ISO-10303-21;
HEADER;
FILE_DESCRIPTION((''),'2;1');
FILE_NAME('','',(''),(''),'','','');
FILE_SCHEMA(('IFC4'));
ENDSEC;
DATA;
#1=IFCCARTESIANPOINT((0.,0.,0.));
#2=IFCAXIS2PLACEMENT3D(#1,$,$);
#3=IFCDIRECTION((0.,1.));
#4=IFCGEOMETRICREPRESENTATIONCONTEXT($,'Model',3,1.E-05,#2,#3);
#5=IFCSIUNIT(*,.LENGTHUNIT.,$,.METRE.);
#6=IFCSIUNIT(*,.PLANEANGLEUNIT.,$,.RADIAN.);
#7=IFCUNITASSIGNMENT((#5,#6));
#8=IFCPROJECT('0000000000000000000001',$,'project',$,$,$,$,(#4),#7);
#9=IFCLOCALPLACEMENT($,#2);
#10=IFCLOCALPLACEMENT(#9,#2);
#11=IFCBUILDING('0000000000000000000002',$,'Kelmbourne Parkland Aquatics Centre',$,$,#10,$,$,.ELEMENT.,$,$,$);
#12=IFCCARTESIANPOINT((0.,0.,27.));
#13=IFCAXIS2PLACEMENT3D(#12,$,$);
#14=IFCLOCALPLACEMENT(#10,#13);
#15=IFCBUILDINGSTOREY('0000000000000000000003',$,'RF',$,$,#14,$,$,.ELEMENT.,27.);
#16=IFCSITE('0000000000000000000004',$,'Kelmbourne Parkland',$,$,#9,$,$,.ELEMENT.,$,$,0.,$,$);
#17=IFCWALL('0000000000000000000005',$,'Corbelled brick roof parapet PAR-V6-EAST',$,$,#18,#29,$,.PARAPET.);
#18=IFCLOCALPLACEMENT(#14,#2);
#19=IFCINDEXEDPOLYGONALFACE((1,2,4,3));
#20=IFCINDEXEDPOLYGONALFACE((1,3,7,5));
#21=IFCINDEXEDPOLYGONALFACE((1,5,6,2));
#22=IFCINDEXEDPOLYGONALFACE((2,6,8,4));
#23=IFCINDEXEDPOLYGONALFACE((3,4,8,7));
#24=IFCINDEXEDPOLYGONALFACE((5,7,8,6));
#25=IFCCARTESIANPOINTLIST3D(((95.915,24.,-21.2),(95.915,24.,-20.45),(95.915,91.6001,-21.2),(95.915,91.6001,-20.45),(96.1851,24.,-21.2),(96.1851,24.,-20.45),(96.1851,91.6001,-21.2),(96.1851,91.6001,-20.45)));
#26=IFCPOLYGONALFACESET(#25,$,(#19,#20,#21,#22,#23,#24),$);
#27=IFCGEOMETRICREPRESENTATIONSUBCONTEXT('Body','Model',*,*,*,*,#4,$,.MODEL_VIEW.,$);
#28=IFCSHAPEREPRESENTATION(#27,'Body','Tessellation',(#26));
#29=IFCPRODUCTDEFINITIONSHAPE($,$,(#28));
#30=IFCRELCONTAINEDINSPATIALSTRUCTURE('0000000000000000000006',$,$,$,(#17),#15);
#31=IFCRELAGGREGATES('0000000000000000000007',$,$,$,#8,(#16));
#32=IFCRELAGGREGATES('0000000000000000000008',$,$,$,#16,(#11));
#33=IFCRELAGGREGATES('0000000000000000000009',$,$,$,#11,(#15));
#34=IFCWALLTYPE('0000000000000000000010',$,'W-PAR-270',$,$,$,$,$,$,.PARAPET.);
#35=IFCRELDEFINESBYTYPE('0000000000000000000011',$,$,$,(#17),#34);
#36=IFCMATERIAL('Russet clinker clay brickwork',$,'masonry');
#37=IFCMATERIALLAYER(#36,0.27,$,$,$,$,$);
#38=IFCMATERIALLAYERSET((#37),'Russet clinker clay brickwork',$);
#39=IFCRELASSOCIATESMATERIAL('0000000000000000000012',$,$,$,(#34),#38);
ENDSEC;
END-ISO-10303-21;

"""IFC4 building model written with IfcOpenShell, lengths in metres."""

from ifc_helpers import new_model, si_unit, direction, frame, frame_2d, origin, place, context, subcontext, project, spatial, rectangle, extrude, material, layer, layer_set, type_object, element, save


model = new_model("IFC4")

# Units and contexts
model_context = context("Model", 3, precision=1e-05, world=origin(), true_north=direction((0.0, 1.0)))
body_context = subcontext(model_context, "Body", "Model", "MODEL_VIEW")
ifc_project = project(units=[si_unit("LENGTHUNIT", "METRE"), si_unit("PLANEANGLEUNIT", "RADIAN")], contexts=[model_context])

# Site, building, storey
site_placement = place(None, origin())
site = spatial("IfcSite", under=ifc_project, at=site_placement, Name="Kelmbourne Parkland", CompositionType="ELEMENT", RefElevation=0.0)
building_placement = place(site_placement, origin())
building = spatial("IfcBuilding", under=site, at=building_placement, Name="Kelmbourne Parkland Aquatics Centre", CompositionType="ELEMENT")
storey_placement = place(building_placement, frame((0.0, 0.0, 27.0)))
storey = spatial("IfcBuildingStorey", under=building, at=storey_placement, Name="RF", CompositionType="ELEMENT", Elevation=27.0)

# Wall
ifc_material_1 = material(Name="Russet clinker clay brickwork", Category="masonry")
ifc_layer = layer(ifc_material_1, 0.27)
ifc_layer_set = layer_set([ifc_layer], Name="Russet clinker clay brickwork")
wall_type = type_object("IfcWallType", Name="W-PAR-270", PredefinedType="PARAPET", material=ifc_layer_set)
for number, where, z_axis, x_axis, name in (
    (1, (96.05, 24.0, -21.2), (0.0, 0.0, 1.0), (0.0, 1.0, 0.0), "Corbelled brick roof parapet PAR-V6-EAST"),
):
    element("IfcWall", number, at=place(storey_placement, frame(where, z_axis=z_axis, x_axis=x_axis)), inside=storey, type_object=wall_type, Name=name, PredefinedType="PARAPET", context=body_context, shape_type="SweptSolid", body=[
        extrude(rectangle(XDim=67.6001, YDim=0.27, at=frame_2d((33.8, 0.0))), origin(), (0.0, 0.0, 1.0), 0.75),
    ])

save(model, "model.ifc")
